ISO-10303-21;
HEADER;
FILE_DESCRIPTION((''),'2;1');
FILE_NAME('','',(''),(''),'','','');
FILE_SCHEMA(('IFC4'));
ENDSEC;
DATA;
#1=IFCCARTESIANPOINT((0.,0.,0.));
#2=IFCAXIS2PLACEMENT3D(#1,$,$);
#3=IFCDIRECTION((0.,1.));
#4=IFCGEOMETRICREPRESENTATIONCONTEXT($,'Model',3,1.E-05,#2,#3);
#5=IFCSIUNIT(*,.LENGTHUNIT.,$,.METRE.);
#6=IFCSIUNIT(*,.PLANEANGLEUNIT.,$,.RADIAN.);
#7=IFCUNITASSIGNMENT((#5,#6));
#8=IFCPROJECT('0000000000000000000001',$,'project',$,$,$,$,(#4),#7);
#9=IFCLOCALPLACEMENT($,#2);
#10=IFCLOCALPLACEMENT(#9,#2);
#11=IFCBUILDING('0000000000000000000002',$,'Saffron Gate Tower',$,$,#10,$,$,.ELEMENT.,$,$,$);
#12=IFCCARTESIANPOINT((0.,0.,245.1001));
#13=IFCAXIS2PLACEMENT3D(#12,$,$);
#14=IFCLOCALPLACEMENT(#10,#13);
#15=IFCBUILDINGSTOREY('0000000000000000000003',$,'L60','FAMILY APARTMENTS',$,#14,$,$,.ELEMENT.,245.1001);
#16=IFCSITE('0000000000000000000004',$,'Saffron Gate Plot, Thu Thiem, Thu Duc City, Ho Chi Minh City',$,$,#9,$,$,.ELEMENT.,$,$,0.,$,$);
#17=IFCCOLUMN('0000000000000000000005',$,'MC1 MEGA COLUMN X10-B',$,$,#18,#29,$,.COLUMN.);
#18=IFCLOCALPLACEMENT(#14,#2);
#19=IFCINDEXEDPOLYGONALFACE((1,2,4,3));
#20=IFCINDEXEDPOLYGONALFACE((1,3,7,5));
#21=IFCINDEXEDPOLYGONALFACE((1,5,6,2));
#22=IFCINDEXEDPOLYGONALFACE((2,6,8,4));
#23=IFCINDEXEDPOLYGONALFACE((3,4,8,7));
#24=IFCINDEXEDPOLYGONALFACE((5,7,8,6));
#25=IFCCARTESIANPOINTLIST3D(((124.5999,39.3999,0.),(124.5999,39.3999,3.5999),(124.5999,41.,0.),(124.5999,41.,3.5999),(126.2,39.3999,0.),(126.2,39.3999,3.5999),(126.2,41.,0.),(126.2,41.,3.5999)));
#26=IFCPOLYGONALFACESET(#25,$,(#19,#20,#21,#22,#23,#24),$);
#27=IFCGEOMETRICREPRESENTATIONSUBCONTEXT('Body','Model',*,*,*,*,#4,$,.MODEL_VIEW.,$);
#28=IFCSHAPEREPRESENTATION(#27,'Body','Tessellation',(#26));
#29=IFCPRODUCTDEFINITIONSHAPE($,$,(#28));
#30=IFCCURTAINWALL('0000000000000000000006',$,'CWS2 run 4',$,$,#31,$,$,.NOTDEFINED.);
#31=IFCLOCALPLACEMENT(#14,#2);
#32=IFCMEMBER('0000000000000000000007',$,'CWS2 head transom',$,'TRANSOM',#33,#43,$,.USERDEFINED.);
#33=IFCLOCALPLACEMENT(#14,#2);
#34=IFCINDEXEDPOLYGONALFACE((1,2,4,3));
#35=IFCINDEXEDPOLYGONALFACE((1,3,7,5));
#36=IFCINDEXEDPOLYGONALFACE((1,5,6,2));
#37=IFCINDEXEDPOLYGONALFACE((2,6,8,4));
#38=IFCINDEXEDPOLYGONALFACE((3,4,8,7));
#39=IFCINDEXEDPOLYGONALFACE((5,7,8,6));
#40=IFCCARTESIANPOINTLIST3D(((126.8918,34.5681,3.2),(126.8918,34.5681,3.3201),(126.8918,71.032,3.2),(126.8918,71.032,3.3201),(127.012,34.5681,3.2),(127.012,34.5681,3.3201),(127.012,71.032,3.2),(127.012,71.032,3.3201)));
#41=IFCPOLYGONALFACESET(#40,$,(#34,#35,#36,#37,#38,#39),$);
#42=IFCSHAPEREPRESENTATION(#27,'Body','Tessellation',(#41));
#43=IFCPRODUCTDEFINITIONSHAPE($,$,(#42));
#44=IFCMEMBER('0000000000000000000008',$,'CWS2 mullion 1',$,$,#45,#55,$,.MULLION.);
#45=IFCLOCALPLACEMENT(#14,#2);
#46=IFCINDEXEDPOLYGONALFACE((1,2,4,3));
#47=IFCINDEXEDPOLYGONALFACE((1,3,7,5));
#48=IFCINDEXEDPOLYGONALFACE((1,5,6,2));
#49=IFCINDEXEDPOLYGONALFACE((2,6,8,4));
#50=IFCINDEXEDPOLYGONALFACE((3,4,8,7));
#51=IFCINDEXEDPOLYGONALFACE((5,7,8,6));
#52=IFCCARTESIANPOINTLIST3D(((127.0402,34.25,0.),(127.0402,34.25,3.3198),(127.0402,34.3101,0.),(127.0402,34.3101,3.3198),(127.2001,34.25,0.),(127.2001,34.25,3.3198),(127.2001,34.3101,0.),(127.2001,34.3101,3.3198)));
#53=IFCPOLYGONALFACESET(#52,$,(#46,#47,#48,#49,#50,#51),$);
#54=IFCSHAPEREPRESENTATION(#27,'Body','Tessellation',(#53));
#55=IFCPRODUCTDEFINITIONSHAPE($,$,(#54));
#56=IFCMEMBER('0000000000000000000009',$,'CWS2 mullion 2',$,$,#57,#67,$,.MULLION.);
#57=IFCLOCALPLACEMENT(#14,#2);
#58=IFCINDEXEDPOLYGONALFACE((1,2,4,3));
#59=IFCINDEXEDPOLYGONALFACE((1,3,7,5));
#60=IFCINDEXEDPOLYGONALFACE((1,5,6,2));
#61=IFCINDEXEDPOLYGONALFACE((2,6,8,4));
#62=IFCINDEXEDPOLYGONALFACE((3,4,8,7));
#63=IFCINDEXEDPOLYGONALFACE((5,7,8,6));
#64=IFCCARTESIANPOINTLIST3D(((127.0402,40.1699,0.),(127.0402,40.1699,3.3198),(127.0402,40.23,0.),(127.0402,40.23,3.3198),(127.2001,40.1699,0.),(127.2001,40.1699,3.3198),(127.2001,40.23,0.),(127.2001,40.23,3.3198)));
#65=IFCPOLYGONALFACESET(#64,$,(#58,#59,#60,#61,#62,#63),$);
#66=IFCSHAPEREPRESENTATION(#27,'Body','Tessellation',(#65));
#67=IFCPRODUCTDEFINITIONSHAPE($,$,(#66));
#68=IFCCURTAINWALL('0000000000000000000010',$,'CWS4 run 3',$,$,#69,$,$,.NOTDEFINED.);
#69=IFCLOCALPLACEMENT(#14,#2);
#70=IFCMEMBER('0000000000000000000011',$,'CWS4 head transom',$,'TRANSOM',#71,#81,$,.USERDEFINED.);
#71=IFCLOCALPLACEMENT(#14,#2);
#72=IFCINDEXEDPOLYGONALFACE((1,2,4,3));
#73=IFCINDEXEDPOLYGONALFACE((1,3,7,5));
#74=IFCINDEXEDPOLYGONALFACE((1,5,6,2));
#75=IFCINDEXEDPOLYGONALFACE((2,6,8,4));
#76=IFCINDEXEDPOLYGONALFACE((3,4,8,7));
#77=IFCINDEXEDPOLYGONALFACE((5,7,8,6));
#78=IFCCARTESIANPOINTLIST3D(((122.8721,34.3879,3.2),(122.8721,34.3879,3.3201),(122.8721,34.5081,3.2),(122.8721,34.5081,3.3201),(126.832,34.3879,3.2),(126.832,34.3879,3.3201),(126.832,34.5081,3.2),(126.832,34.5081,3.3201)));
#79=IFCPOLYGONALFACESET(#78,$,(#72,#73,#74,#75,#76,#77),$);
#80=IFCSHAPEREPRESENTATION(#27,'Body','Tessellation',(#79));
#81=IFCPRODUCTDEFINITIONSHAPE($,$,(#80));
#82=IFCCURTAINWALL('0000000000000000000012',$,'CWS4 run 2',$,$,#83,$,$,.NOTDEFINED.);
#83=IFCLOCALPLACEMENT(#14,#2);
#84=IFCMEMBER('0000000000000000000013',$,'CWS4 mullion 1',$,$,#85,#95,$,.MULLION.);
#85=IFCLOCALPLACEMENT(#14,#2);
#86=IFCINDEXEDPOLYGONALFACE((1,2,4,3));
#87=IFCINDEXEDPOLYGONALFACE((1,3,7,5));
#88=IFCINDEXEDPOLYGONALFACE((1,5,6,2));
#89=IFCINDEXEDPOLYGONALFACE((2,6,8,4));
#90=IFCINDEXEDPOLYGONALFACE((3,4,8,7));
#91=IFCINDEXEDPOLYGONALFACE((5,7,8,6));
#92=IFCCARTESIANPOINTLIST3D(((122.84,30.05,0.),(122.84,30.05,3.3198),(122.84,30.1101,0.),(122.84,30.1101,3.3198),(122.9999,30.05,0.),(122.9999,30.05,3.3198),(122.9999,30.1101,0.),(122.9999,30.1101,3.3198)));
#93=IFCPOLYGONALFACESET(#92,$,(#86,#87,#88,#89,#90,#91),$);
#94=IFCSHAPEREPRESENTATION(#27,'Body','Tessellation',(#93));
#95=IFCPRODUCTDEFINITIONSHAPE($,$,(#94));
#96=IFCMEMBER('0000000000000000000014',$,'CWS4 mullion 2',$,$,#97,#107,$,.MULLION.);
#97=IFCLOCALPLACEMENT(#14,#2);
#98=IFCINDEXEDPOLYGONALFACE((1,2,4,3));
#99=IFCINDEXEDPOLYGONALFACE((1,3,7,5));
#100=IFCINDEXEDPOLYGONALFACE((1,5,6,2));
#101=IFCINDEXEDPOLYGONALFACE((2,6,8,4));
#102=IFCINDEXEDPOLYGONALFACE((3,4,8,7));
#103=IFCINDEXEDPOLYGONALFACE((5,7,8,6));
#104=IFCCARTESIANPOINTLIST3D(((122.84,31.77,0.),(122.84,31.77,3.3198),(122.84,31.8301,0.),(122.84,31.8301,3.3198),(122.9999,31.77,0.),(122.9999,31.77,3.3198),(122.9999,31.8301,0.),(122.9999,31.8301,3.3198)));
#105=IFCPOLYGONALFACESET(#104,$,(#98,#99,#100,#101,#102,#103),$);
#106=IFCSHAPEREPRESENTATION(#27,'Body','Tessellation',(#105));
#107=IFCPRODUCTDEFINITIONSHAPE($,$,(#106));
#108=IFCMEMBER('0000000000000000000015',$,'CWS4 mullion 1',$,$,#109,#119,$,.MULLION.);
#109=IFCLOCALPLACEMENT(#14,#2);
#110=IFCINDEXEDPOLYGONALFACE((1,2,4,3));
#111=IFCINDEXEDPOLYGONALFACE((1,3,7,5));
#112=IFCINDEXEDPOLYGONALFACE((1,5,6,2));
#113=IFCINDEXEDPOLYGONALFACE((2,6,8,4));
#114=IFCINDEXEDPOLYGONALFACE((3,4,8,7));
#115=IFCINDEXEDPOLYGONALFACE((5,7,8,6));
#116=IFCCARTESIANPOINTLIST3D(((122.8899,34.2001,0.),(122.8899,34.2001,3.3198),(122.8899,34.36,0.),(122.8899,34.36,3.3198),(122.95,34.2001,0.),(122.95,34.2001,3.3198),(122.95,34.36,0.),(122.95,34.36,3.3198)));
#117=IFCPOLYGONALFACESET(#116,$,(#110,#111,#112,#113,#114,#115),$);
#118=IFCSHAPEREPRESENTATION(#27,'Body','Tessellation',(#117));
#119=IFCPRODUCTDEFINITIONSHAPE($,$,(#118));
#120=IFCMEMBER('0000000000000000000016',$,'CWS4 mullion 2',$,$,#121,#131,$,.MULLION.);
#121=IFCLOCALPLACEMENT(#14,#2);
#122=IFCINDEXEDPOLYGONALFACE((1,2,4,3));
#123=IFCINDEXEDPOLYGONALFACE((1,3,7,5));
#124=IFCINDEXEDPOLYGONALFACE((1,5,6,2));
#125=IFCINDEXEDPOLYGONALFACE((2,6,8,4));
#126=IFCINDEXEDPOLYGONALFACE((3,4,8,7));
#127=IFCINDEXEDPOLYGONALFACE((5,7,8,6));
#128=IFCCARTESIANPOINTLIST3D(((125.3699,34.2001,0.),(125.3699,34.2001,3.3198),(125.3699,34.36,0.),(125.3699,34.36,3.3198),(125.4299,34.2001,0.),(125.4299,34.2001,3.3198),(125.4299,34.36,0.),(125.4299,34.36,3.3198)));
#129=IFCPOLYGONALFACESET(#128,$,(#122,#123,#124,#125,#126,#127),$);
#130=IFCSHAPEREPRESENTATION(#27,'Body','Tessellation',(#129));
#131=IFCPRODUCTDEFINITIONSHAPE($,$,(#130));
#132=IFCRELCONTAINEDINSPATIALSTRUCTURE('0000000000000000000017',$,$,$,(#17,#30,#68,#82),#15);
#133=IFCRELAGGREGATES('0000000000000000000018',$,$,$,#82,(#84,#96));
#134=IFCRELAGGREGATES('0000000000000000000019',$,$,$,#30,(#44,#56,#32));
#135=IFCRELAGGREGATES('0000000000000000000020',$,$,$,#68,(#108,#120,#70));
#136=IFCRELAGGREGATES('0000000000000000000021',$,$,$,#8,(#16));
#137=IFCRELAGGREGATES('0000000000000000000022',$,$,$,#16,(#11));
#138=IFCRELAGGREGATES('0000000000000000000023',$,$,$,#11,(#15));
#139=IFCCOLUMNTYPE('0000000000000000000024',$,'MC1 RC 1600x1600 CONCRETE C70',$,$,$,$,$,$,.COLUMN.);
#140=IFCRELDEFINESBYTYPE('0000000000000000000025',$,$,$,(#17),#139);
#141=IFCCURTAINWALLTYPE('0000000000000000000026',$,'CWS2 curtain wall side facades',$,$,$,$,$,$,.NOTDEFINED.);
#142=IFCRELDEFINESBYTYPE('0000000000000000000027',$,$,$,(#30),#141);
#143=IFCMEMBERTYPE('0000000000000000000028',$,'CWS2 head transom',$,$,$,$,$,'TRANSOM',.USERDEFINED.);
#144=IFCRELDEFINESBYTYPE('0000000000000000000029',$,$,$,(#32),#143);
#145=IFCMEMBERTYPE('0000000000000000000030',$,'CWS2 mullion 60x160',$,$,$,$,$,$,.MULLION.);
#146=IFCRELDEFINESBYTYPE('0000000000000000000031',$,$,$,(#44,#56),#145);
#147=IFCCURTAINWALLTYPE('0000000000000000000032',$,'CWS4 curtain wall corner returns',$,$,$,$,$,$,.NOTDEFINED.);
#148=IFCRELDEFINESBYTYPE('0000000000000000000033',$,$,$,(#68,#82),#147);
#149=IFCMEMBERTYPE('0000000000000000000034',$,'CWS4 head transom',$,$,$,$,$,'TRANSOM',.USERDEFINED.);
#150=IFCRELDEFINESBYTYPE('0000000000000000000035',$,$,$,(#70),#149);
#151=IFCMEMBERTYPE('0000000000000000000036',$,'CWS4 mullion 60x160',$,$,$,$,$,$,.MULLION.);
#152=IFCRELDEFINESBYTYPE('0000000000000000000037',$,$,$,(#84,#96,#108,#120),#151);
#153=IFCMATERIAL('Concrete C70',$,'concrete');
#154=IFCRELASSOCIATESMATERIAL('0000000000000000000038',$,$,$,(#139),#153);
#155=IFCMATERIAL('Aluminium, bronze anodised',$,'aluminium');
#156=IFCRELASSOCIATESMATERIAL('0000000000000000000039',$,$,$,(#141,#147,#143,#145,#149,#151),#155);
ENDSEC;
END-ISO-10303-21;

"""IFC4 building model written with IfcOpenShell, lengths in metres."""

from ifc_helpers import new_model, si_unit, direction, frame, origin, origin_2d, place, context, subcontext, project, spatial, rectangle, extrude, material, material_profile, profile_set, type_object, element, aggregate, save


model = new_model("IFC4")

# Units and contexts
model_context = context("Model", 3, precision=1e-05, world=origin(), true_north=direction((0.0, 1.0)))
body_context = subcontext(model_context, "Body", "Model", "MODEL_VIEW")
ifc_project = project(units=[si_unit("LENGTHUNIT", "METRE"), si_unit("PLANEANGLEUNIT", "RADIAN")], contexts=[model_context])

# Site, building, storey
site_placement = place(None, origin())
site = spatial("IfcSite", under=ifc_project, at=site_placement, Name="Saffron Gate Plot, Thu Thiem, Thu Duc City, Ho Chi Minh City", CompositionType="ELEMENT", RefElevation=0.0)
building_placement = place(site_placement, origin())
building = spatial("IfcBuilding", under=site, at=building_placement, Name="Saffron Gate Tower", CompositionType="ELEMENT")
storey_placement = place(building_placement, frame((0.0, 0.0, 245.1001)))
storey = spatial("IfcBuildingStorey", under=building, at=storey_placement, Name="L60", Description="FAMILY APARTMENTS", CompositionType="ELEMENT", Elevation=245.1001)

# Column
ifc_material_1 = material(Name="Concrete C70", Category="concrete")
ifc_material_profile_1 = material_profile(ifc_material_1, rectangle(XDim=1.6001, YDim=1.6001, at=origin_2d()))
ifc_profile_set_1 = profile_set([ifc_material_profile_1], Name="Concrete C70")
column_type = type_object("IfcColumnType", Name="MC1 RC 1600x1600 CONCRETE C70", PredefinedType="COLUMN", material=ifc_profile_set_1)
column_placement = place(storey_placement, frame((125.3999, 40.2, 0.0), z_axis=(0.0, 0.0, 1.0), x_axis=(1.0, 0.0, 0.0)))
element("IfcColumn", 1, at=column_placement, inside=storey, type_object=column_type, Name="MC1 MEGA COLUMN X10-B", PredefinedType="COLUMN", context=body_context, shape_type="SweptSolid", body=[
    extrude(rectangle(XDim=1.6001, YDim=1.6001, at=origin_2d()), origin(), (0.0, 0.0, 1.0), 3.5999),
])

# Curtain wall, members
ifc_material_2 = material(Name="Aluminium, bronze anodised", Category="aluminium")
curtain_wall_type_1 = type_object("IfcCurtainWallType", Name="CWS2 curtain wall side facades", PredefinedType="NOTDEFINED", material=ifc_material_2)
curtain_wall_1_placement = place(storey_placement, origin())
curtain_wall_1 = element("IfcCurtainWall", 2, at=curtain_wall_1_placement, inside=storey, type_object=curtain_wall_type_1, Name="CWS2 run 4", PredefinedType="NOTDEFINED")
ifc_material_profile_2 = material_profile(ifc_material_2, rectangle(XDim=0.1201, YDim=0.1201, at=origin_2d()))
ifc_profile_set_2 = profile_set([ifc_material_profile_2], Name="Aluminium, bronze anodised")
member_type_1 = type_object("IfcMemberType", Name="CWS2 head transom", ElementType="TRANSOM", PredefinedType="USERDEFINED", material=ifc_profile_set_2)
member_1_placement = place(storey_placement, frame((126.9519, 34.5681, 3.26), z_axis=(0.0, 1.0, 0.0), x_axis=(-1.0, 0.0, 0.0)))
member_1 = element("IfcMember", 3, at=member_1_placement, type_object=member_type_1, Name="CWS2 head transom", ObjectType="TRANSOM", PredefinedType="USERDEFINED", context=body_context, shape_type="SweptSolid", body=[
    extrude(rectangle(XDim=0.1201, YDim=0.1201, at=origin_2d()), origin(), (0.0, 0.0, 1.0), 36.4639),
])
ifc_material_profile_3 = material_profile(ifc_material_2, rectangle(XDim=0.1599, YDim=0.0601, at=origin_2d()))
ifc_profile_set_3 = profile_set([ifc_material_profile_3], Name="Aluminium, bronze anodised")
member_type_2 = type_object("IfcMemberType", Name="CWS2 mullion 60x160", PredefinedType="MULLION", material=ifc_profile_set_3)
member_2_placement = place(storey_placement, frame((127.1201, 34.28, 0.0), z_axis=(0.0, 0.0, 1.0), x_axis=(-1.0, 0.0, 0.0)))
member_2 = element("IfcMember", 4, at=member_2_placement, type_object=member_type_2, Name="CWS2 mullion 1", PredefinedType="MULLION", context=body_context, shape_type="SweptSolid", body=[
    extrude(rectangle(XDim=0.1599, YDim=0.0601, at=origin_2d()), origin(), (0.0, 0.0, 1.0), 3.3198),
])
member_3_placement = place(storey_placement, frame((127.1201, 40.2, 0.0), z_axis=(0.0, 0.0, 1.0), x_axis=(-1.0, 0.0, 0.0)))
member_3 = element("IfcMember", 5, at=member_3_placement, type_object=member_type_2, Name="CWS2 mullion 2", PredefinedType="MULLION", context=body_context, shape_type="SweptSolid", body=[
    extrude(rectangle(XDim=0.1599, YDim=0.0601, at=origin_2d()), origin(), (0.0, 0.0, 1.0), 3.3198),
])

# Curtain wall, member
curtain_wall_type_2 = type_object("IfcCurtainWallType", Name="CWS4 curtain wall corner returns", PredefinedType="NOTDEFINED", material=ifc_material_2)
curtain_wall_2_placement = place(storey_placement, origin())
curtain_wall_2 = element("IfcCurtainWall", 6, at=curtain_wall_2_placement, inside=storey, type_object=curtain_wall_type_2, Name="CWS4 run 3", PredefinedType="NOTDEFINED")
ifc_material_profile_4 = material_profile(ifc_material_2, rectangle(XDim=0.1201, YDim=0.1201, at=origin_2d()))
ifc_profile_set_4 = profile_set([ifc_material_profile_4], Name="Aluminium, bronze anodised")
member_type_3 = type_object("IfcMemberType", Name="CWS4 head transom", ElementType="TRANSOM", PredefinedType="USERDEFINED", material=ifc_profile_set_4)
member_4_placement = place(storey_placement, frame((122.8721, 34.448, 3.26), z_axis=(1.0, 0.0, 0.0), x_axis=(0.0, 1.0, 0.0)))
member_4 = element("IfcMember", 7, at=member_4_placement, type_object=member_type_3, Name="CWS4 head transom", ObjectType="TRANSOM", PredefinedType="USERDEFINED", context=body_context, shape_type="SweptSolid", body=[
    extrude(rectangle(XDim=0.1201, YDim=0.1201, at=origin_2d()), origin(), (0.0, 0.0, 1.0), 3.96),
])

# Curtain wall, members
curtain_wall_3_placement = place(storey_placement, origin())
curtain_wall_3 = element("IfcCurtainWall", 8, at=curtain_wall_3_placement, inside=storey, type_object=curtain_wall_type_2, Name="CWS4 run 2", PredefinedType="NOTDEFINED")
ifc_material_profile_5 = material_profile(ifc_material_2, rectangle(XDim=0.1599, YDim=0.0601, at=origin_2d()))
ifc_profile_set_5 = profile_set([ifc_material_profile_5], Name="Aluminium, bronze anodised")
member_type_4 = type_object("IfcMemberType", Name="CWS4 mullion 60x160", PredefinedType="MULLION", material=ifc_profile_set_5)
member_5_placement = place(storey_placement, frame((122.9199, 30.0801, 0.0), z_axis=(0.0, 0.0, 1.0), x_axis=(-1.0, 0.0, 0.0)))
member_5 = element("IfcMember", 9, at=member_5_placement, type_object=member_type_4, Name="CWS4 mullion 1", PredefinedType="MULLION", context=body_context, shape_type="SweptSolid", body=[
    extrude(rectangle(XDim=0.1599, YDim=0.0601, at=origin_2d()), origin(), (0.0, 0.0, 1.0), 3.3198),
])
member_6_placement = place(storey_placement, frame((122.9199, 31.8, 0.0), z_axis=(0.0, 0.0, 1.0), x_axis=(-1.0, 0.0, 0.0)))
member_6 = element("IfcMember", 10, at=member_6_placement, type_object=member_type_4, Name="CWS4 mullion 2", PredefinedType="MULLION", context=body_context, shape_type="SweptSolid", body=[
    extrude(rectangle(XDim=0.1599, YDim=0.0601, at=origin_2d()), origin(), (0.0, 0.0, 1.0), 3.3198),
])
aggregate(curtain_wall_3, [member_5, member_6])

# Members
member_7_placement = place(storey_placement, frame((122.9199, 34.28, 0.0), z_axis=(0.0, 0.0, 1.0), x_axis=(0.0, 1.0, 0.0)))
member_7 = element("IfcMember", 11, at=member_7_placement, type_object=member_type_4, Name="CWS4 mullion 1", PredefinedType="MULLION", context=body_context, shape_type="SweptSolid", body=[
    extrude(rectangle(XDim=0.1599, YDim=0.0601, at=origin_2d()), origin(), (0.0, 0.0, 1.0), 3.3198),
])
member_8_placement = place(storey_placement, frame((125.3999, 34.28, 0.0), z_axis=(0.0, 0.0, 1.0), x_axis=(0.0, 1.0, 0.0)))
member_8 = element("IfcMember", 12, at=member_8_placement, type_object=member_type_4, Name="CWS4 mullion 2", PredefinedType="MULLION", context=body_context, shape_type="SweptSolid", body=[
    extrude(rectangle(XDim=0.1599, YDim=0.0601, at=origin_2d()), origin(), (0.0, 0.0, 1.0), 3.3198),
])

aggregate(curtain_wall_1, [member_2, member_3, member_1])

aggregate(curtain_wall_2, [member_7, member_8, member_4])

save(model, "model.ifc")
